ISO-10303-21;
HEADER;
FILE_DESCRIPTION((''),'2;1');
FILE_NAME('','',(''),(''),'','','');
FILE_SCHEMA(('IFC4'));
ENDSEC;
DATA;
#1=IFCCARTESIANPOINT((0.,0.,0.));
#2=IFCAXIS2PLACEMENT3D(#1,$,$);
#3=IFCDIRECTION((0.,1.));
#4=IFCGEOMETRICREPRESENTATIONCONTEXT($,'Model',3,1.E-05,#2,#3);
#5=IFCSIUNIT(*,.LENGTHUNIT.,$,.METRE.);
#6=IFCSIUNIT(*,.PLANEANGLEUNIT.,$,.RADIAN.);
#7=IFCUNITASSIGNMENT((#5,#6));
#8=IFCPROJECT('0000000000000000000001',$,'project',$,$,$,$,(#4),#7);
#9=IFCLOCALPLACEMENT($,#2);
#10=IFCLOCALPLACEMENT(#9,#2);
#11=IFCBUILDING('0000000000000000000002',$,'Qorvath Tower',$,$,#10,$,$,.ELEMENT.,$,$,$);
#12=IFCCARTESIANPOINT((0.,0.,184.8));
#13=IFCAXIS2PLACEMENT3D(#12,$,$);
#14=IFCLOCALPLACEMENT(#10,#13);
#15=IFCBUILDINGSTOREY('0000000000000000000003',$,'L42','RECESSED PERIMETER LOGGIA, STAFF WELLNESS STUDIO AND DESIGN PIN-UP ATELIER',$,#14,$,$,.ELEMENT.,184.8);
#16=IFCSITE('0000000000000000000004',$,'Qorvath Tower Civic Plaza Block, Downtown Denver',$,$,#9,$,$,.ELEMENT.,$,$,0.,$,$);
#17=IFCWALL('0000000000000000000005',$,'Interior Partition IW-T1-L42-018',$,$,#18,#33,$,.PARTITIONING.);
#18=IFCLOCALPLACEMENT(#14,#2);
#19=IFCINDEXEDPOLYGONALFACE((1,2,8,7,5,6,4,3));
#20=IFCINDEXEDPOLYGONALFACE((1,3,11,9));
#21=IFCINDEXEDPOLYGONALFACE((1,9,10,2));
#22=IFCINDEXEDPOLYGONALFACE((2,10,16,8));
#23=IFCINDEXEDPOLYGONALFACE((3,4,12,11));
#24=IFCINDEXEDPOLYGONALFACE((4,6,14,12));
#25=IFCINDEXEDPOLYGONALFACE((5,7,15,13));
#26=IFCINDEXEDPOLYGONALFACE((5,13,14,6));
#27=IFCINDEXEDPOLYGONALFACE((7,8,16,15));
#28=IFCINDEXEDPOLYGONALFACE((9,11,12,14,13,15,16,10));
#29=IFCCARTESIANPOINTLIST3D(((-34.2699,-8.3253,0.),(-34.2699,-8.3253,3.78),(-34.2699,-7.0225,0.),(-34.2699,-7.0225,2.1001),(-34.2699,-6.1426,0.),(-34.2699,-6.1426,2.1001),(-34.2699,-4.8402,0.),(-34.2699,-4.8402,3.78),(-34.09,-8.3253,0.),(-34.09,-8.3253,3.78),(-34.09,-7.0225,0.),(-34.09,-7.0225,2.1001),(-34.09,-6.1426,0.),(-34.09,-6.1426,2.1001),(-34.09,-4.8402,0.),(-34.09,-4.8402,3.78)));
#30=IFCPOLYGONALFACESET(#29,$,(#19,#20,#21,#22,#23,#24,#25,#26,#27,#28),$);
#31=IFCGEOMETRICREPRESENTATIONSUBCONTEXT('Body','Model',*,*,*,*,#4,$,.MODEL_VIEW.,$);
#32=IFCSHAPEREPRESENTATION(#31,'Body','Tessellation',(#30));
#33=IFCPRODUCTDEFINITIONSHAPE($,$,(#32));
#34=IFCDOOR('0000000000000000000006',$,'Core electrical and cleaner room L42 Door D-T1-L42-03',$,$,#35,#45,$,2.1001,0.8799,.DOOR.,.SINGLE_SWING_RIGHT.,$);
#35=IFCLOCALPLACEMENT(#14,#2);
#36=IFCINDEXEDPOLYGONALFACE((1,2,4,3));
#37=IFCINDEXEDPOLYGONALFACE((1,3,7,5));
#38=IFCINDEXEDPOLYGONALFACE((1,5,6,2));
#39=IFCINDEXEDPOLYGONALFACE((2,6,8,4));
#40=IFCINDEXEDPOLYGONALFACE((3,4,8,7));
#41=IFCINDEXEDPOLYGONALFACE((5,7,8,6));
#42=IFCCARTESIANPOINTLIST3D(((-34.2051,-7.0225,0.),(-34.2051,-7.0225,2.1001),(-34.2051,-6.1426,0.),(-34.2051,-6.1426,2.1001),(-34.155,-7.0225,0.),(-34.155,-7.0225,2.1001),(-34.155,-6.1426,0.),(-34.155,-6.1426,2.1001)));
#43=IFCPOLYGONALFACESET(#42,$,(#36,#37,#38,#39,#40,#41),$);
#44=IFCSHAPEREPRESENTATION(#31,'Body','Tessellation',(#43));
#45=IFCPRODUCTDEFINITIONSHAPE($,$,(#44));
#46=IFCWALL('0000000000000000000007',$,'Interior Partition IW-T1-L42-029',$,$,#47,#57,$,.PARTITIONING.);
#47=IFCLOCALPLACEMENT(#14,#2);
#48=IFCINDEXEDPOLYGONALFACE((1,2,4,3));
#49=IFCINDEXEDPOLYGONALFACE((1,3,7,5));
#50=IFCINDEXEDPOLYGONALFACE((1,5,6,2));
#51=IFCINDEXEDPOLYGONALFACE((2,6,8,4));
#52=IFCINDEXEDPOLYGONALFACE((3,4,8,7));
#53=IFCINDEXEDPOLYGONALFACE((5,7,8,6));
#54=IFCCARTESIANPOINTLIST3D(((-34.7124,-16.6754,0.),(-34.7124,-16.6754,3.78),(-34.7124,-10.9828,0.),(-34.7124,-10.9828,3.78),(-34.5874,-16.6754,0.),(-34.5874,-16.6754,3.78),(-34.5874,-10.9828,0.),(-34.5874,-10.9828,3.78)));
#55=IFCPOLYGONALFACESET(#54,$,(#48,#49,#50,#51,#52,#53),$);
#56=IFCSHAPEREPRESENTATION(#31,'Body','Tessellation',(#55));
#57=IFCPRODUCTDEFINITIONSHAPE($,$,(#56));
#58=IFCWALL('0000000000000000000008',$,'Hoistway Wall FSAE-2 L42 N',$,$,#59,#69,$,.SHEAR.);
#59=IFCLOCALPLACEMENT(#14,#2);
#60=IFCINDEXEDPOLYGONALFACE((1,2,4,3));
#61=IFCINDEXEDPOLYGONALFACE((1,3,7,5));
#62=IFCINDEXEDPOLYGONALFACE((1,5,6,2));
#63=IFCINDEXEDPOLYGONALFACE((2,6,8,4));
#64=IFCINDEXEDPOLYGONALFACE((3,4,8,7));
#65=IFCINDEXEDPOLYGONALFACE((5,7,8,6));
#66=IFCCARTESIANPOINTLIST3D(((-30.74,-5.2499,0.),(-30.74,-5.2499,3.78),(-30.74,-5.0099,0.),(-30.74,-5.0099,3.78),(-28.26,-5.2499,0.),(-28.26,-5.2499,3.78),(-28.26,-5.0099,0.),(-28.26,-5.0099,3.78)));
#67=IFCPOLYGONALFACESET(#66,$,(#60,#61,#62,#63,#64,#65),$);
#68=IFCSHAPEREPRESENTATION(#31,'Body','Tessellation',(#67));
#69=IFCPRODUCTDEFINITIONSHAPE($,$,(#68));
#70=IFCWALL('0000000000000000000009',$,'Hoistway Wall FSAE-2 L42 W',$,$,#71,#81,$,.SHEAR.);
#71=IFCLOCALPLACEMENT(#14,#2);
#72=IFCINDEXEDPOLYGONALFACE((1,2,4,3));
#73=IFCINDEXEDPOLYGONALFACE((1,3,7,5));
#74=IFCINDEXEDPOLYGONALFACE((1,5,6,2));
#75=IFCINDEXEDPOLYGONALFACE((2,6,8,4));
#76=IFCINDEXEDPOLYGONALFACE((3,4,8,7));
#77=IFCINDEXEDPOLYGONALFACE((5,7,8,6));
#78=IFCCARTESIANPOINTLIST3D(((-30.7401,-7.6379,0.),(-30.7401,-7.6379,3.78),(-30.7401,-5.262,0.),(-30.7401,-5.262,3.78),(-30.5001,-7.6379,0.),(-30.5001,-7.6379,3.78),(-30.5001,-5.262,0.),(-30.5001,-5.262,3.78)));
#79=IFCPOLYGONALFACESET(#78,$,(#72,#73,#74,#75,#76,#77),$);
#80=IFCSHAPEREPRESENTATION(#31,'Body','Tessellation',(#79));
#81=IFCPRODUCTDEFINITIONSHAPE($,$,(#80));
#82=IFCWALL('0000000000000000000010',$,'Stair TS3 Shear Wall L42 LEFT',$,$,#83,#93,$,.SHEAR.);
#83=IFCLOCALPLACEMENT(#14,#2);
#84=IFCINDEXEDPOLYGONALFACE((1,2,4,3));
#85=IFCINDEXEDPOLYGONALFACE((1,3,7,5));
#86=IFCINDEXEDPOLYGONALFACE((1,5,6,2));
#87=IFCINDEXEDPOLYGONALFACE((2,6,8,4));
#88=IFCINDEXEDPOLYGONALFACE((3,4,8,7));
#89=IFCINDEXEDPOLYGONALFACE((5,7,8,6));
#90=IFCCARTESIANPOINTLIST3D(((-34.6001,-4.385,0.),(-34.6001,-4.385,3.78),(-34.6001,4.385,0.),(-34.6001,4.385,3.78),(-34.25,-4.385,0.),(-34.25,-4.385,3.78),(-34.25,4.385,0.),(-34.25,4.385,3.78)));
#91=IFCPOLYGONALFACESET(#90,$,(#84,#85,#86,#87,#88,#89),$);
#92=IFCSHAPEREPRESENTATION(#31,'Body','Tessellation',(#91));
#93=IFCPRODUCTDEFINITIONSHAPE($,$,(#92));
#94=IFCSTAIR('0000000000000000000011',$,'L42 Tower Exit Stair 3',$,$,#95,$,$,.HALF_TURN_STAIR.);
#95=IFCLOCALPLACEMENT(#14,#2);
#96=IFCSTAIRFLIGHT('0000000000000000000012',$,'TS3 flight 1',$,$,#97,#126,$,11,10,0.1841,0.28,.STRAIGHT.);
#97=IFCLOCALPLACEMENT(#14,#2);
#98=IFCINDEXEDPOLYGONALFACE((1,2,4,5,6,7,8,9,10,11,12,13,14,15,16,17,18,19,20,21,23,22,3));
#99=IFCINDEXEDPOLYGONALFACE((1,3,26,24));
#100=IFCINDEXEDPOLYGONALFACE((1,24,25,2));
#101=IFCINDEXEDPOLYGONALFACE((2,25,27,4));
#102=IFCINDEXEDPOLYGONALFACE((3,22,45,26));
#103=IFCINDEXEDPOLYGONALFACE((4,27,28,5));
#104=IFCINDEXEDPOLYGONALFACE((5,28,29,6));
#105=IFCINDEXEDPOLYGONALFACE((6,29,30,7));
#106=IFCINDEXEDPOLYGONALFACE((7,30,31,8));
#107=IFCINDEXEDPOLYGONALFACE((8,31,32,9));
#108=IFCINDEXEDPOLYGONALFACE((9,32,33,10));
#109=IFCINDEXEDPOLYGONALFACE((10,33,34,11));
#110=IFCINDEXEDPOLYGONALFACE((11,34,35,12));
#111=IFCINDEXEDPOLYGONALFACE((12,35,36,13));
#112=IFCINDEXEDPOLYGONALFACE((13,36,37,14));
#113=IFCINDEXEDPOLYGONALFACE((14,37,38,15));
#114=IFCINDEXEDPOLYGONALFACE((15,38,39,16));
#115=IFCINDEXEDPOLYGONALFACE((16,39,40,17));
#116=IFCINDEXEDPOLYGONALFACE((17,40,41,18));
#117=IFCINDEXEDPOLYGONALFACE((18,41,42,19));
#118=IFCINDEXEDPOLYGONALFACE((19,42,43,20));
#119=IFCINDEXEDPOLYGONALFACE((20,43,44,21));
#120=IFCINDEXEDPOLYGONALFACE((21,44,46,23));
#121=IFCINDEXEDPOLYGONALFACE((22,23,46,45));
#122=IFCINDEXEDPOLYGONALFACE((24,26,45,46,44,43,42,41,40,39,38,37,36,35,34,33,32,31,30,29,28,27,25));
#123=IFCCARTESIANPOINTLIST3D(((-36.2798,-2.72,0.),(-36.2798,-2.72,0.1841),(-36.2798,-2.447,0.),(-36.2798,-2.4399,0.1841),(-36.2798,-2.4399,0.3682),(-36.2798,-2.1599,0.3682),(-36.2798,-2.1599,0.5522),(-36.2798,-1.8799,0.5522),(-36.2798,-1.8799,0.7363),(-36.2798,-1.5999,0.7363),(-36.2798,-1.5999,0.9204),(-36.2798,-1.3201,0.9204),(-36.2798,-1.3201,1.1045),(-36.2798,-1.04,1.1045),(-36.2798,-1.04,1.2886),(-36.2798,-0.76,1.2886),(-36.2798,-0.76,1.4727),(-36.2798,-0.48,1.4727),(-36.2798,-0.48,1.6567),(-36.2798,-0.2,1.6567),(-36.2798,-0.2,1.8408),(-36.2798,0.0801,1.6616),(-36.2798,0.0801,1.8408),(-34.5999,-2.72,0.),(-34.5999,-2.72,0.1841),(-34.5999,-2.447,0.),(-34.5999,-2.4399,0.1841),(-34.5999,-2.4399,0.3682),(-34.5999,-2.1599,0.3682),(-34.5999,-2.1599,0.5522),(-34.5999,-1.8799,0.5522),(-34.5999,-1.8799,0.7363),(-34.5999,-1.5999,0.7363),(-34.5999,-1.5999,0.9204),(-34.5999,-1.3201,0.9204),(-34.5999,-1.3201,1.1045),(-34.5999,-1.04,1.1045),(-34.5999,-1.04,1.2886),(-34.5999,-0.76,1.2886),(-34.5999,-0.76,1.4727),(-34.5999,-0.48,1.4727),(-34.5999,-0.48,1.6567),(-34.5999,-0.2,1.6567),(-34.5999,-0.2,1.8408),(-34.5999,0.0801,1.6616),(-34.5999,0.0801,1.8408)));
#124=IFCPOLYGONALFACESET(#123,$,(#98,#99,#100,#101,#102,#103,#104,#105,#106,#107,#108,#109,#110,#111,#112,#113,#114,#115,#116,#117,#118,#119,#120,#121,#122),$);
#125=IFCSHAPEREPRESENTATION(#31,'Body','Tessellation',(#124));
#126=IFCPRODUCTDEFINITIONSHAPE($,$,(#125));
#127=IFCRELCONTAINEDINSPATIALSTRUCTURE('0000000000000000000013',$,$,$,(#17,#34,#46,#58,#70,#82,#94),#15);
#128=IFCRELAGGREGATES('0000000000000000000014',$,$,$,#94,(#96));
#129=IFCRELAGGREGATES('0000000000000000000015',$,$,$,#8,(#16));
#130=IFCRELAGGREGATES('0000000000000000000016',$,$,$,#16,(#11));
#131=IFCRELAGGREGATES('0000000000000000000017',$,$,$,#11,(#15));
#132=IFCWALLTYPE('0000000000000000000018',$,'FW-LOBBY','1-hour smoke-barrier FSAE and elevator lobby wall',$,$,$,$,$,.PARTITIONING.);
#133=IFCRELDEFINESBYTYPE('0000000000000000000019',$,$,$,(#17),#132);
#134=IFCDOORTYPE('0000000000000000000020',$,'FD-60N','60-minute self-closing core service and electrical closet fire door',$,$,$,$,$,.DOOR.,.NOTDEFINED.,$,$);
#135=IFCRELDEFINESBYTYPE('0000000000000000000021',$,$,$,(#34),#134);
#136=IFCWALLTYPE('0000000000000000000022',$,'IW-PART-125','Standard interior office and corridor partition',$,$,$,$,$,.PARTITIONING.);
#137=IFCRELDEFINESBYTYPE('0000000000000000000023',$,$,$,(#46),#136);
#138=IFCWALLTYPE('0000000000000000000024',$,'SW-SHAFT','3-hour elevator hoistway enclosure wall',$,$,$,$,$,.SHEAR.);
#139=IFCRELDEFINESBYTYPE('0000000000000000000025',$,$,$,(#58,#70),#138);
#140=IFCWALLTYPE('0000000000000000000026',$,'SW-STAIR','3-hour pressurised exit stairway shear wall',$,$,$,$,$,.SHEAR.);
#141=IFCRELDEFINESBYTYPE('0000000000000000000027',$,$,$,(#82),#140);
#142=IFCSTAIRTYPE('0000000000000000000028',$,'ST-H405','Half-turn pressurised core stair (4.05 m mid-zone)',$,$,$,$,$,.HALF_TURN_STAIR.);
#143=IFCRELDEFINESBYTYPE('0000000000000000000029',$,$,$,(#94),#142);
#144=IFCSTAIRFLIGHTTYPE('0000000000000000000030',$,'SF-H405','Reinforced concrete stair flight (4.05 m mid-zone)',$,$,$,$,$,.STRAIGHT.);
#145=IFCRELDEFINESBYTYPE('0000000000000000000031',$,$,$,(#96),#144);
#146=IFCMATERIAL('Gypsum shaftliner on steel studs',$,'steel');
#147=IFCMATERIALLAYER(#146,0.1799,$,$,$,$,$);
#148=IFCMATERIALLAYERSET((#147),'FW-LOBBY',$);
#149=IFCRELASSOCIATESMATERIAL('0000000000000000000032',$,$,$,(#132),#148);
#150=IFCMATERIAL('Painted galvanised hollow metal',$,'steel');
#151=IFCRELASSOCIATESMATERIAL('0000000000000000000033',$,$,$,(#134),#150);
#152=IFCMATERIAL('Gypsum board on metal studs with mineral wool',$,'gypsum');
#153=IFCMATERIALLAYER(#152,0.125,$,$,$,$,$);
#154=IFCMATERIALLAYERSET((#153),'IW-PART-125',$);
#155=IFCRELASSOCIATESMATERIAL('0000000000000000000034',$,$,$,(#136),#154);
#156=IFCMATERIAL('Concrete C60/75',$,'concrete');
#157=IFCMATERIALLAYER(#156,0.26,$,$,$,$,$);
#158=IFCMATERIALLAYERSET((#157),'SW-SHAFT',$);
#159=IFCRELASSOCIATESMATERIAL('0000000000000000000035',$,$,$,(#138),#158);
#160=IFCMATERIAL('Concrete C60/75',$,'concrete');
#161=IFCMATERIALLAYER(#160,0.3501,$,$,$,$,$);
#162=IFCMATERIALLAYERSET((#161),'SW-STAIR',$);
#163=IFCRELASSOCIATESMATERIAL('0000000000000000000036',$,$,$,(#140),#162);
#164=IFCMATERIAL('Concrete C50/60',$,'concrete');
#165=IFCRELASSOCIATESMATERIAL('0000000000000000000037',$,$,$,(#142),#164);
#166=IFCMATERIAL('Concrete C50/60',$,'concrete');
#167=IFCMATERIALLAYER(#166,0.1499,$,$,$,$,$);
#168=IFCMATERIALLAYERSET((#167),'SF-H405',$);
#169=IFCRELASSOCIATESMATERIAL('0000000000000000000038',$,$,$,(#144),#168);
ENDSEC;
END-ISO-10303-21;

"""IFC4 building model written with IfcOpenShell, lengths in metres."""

from ifc_helpers import new_model, si_unit, direction, frame, frame_2d, origin, place, context, subcontext, project, spatial, polyline, rectangle, outline, extrude, material, layer, layer_set, type_object, element, fill, aggregate, save


model = new_model("IFC4")

# Units and contexts
model_context = context("Model", 3, precision=1e-05, world=origin(), true_north=direction((0.0, 1.0)))
body_context = subcontext(model_context, "Body", "Model", "MODEL_VIEW")
ifc_project = project(units=[si_unit("LENGTHUNIT", "METRE"), si_unit("PLANEANGLEUNIT", "RADIAN")], contexts=[model_context])

# Site, building, storey
site_placement = place(None, origin())
site = spatial("IfcSite", under=ifc_project, at=site_placement, Name="Qorvath Tower Civic Plaza Block, Downtown Denver", CompositionType="ELEMENT", RefElevation=0.0)
building_placement = place(site_placement, origin())
building = spatial("IfcBuilding", under=site, at=building_placement, Name="Qorvath Tower", CompositionType="ELEMENT")
storey_placement = place(building_placement, frame((0.0, 0.0, 184.8)))
storey = spatial("IfcBuildingStorey", under=building, at=storey_placement, Name="L42", Description="RECESSED PERIMETER LOGGIA, STAFF WELLNESS STUDIO AND DESIGN PIN-UP ATELIER", CompositionType="ELEMENT", Elevation=184.8)

# Shared definitions
ifc_material_1 = material(Name="Gypsum shaftliner on steel studs", Category="steel")
ifc_layer_1 = layer(ifc_material_1, 0.1799)
ifc_layer_set_1 = layer_set([ifc_layer_1], Name="FW-LOBBY")
wall_type_1 = type_object("IfcWallType", Name="FW-LOBBY", Description="1-hour smoke-barrier FSAE and elevator lobby wall", PredefinedType="PARTITIONING", material=ifc_layer_set_1)

# Wall, opening, door
wall_1_placement = place(storey_placement, frame((-34.1799, -4.8401, 0.0), z_axis=(0.0, 0.0, 1.0), x_axis=(0.0, -1.0, 0.0)))
wall_1 = element("IfcWall", 1, at=wall_1_placement, inside=storey, type_object=wall_type_1, Name="Interior Partition IW-T1-L42-018", PredefinedType="PARTITIONING", context=body_context, shape_type="SweptSolid", body=[
    extrude(rectangle(XDim=3.4851, YDim=0.1799, at=frame_2d((1.7427, 0.0))), origin(), (0.0, 0.0, 1.0), 3.78),
])
opening_placement = place(wall_1_placement, frame((1.3025, 0.0, 0.0)))
opening = element("IfcOpeningElement", 2, at=opening_placement, cuts=wall_1, PredefinedType="OPENING", context=body_context, shape_type="SweptSolid", body=[
    extrude(rectangle(XDim=0.8799, YDim=2.1001, at=frame_2d((0.4399, 1.05))), frame((0.0, 0.1001, 0.0), z_axis=(0.0, -1.0, 0.0), x_axis=(1.0, 0.0, 0.0)), (0.0, 0.0, 1.0), 0.2),
])
ifc_material_2 = material(Name="Painted galvanised hollow metal", Category="steel")
door_type = type_object("IfcDoorType", Name="FD-60N", Description="60-minute self-closing core service and electrical closet fire door", OperationType="NOTDEFINED", PredefinedType="DOOR", material=ifc_material_2)
door_placement = place(opening_placement, origin())
door = element("IfcDoor", 3, at=door_placement, inside=storey, type_object=door_type, Name="Core electrical and cleaner room L42 Door D-T1-L42-03", OperationType="SINGLE_SWING_RIGHT", OverallHeight=2.1001, OverallWidth=0.8799, PredefinedType="DOOR", context=body_context, shape_type="SweptSolid", body=[
    extrude(rectangle(XDim=0.8799, YDim=2.1001, at=frame_2d((0.4399, 1.05))), frame((0.0, 0.0249, 0.0), z_axis=(0.0, -1.0, 0.0), x_axis=(1.0, 0.0, 0.0)), (0.0, 0.0, 1.0), 0.05),
])
fill(opening, door)

# Walls
ifc_material_3 = material(Name="Gypsum board on metal studs with mineral wool", Category="gypsum")
ifc_layer_2 = layer(ifc_material_3, 0.125)
ifc_layer_set_2 = layer_set([ifc_layer_2], Name="IW-PART-125")
wall_type_2 = type_object("IfcWallType", Name="IW-PART-125", Description="Standard interior office and corridor partition", PredefinedType="PARTITIONING", material=ifc_layer_set_2)
wall_2_placement = place(storey_placement, frame((-34.6499, -10.9829, 0.0), z_axis=(0.0, 0.0, 1.0), x_axis=(0.0, -1.0, 0.0)))
element("IfcWall", 4, at=wall_2_placement, inside=storey, type_object=wall_type_2, Name="Interior Partition IW-T1-L42-029", PredefinedType="PARTITIONING", context=body_context, shape_type="SweptSolid", body=[
    extrude(rectangle(XDim=5.6926, YDim=0.125, at=frame_2d((2.8462, 0.0))), origin(), (0.0, 0.0, 1.0), 3.78),
])
ifc_material_4 = material(Name="Concrete C60/75", Category="concrete")
ifc_layer_3 = layer(ifc_material_4, 0.26)
ifc_layer_set_3 = layer_set([ifc_layer_3], Name="SW-SHAFT")
wall_type_3 = type_object("IfcWallType", Name="SW-SHAFT", Description="3-hour elevator hoistway enclosure wall", PredefinedType="SHEAR", material=ifc_layer_set_3)
wall_3_placement = place(storey_placement, frame((-30.74, -5.1299, 0.0), z_axis=(0.0, 0.0, 1.0), x_axis=(1.0, 0.0, 0.0)))
element("IfcWall", 5, at=wall_3_placement, inside=storey, type_object=wall_type_3, Name="Hoistway Wall FSAE-2 L42 N", PredefinedType="SHEAR", context=body_context, shape_type="SweptSolid", body=[
    extrude(rectangle(XDim=2.48, YDim=0.24, at=frame_2d((1.24, 0.0))), origin(), (0.0, 0.0, 1.0), 3.78),
])
wall_4_placement = place(storey_placement, frame((-30.6201, -7.6379, 0.0), z_axis=(0.0, 0.0, 1.0), x_axis=(0.0, 1.0, 0.0)))
element("IfcWall", 6, at=wall_4_placement, inside=storey, type_object=wall_type_3, Name="Hoistway Wall FSAE-2 L42 W", PredefinedType="SHEAR", context=body_context, shape_type="SweptSolid", body=[
    extrude(rectangle(XDim=2.376, YDim=0.24, at=frame_2d((1.188, 0.0))), origin(), (0.0, 0.0, 1.0), 3.78),
])
ifc_material_5 = material(Name="Concrete C60/75", Category="concrete")
ifc_layer_4 = layer(ifc_material_5, 0.3501)
ifc_layer_set_4 = layer_set([ifc_layer_4], Name="SW-STAIR")
wall_type_4 = type_object("IfcWallType", Name="SW-STAIR", Description="3-hour pressurised exit stairway shear wall", PredefinedType="SHEAR", material=ifc_layer_set_4)
wall_5_placement = place(storey_placement, frame((-34.425, -4.385, 0.0), z_axis=(0.0, 0.0, 1.0), x_axis=(0.0, 1.0, 0.0)))
element("IfcWall", 7, at=wall_5_placement, inside=storey, type_object=wall_type_4, Name="Stair TS3 Shear Wall L42 LEFT", PredefinedType="SHEAR", context=body_context, shape_type="SweptSolid", body=[
    extrude(rectangle(XDim=8.77, YDim=0.3501, at=frame_2d((4.385, 0.0))), origin(), (0.0, 0.0, 1.0), 3.78),
])

# Stair, stair flight
ifc_material_6 = material(Name="Concrete C50/60", Category="concrete")
stair_type = type_object("IfcStairType", Name="ST-H405", Description="Half-turn pressurised core stair (4.05 m mid-zone)", PredefinedType="HALF_TURN_STAIR", material=ifc_material_6)
stair_placement = place(storey_placement, origin())
stair = element("IfcStair", 8, at=stair_placement, inside=storey, type_object=stair_type, Name="L42 Tower Exit Stair 3", PredefinedType="HALF_TURN_STAIR")
ifc_material_7 = material(Name="Concrete C50/60", Category="concrete")
ifc_layer_5 = layer(ifc_material_7, 0.1499)
ifc_layer_set_5 = layer_set([ifc_layer_5], Name="SF-H405")
stair_flight_type = type_object("IfcStairFlightType", Name="SF-H405", Description="Reinforced concrete stair flight (4.05 m mid-zone)", PredefinedType="STRAIGHT", material=ifc_layer_set_5)
stair_flight_placement = place(storey_placement, frame((-35.4399, -2.72, 0.0), z_axis=(0.0, 0.0, 1.0), x_axis=(0.0, 1.0, 0.0)))
stair_flight = element("IfcStairFlight", 9, at=stair_flight_placement, type_object=stair_flight_type, Name="TS3 flight 1", NumberOfRisers=11, NumberOfTreads=10, PredefinedType="STRAIGHT", RiserHeight=0.1841, TreadLength=0.28, context=body_context, shape_type="SweptSolid", body=[
    extrude(outline(polyline([(0.0, 0.0), (0.0, 0.1841), (0.28, 0.1841), (0.28, 0.3682), (0.5601, 0.3682), (0.5601, 0.5522), (0.8401, 0.5522), (0.8401, 0.7363), (1.1201, 0.7363), (1.1201, 0.9204), (1.3999, 0.9204), (1.3999, 1.1045), (1.6799, 1.1045), (1.6799, 1.2886), (1.96, 1.2886), (1.96, 1.4727), (2.24, 1.4727), (2.24, 1.6567), (2.52, 1.6567), (2.52, 1.8408), (2.8, 1.8408), (2.8, 2.0249), (2.8, 1.6616), (0.2729, 0.0), (0.0, 0.0)])), frame((0.0, 0.8398, 0.0), z_axis=(0.0, -1.0, 0.0), x_axis=(1.0, 0.0, 0.0)), (0.0, 0.0, 1.0), 1.6799),
])
aggregate(stair, [stair_flight])

save(model, "model.ifc")
